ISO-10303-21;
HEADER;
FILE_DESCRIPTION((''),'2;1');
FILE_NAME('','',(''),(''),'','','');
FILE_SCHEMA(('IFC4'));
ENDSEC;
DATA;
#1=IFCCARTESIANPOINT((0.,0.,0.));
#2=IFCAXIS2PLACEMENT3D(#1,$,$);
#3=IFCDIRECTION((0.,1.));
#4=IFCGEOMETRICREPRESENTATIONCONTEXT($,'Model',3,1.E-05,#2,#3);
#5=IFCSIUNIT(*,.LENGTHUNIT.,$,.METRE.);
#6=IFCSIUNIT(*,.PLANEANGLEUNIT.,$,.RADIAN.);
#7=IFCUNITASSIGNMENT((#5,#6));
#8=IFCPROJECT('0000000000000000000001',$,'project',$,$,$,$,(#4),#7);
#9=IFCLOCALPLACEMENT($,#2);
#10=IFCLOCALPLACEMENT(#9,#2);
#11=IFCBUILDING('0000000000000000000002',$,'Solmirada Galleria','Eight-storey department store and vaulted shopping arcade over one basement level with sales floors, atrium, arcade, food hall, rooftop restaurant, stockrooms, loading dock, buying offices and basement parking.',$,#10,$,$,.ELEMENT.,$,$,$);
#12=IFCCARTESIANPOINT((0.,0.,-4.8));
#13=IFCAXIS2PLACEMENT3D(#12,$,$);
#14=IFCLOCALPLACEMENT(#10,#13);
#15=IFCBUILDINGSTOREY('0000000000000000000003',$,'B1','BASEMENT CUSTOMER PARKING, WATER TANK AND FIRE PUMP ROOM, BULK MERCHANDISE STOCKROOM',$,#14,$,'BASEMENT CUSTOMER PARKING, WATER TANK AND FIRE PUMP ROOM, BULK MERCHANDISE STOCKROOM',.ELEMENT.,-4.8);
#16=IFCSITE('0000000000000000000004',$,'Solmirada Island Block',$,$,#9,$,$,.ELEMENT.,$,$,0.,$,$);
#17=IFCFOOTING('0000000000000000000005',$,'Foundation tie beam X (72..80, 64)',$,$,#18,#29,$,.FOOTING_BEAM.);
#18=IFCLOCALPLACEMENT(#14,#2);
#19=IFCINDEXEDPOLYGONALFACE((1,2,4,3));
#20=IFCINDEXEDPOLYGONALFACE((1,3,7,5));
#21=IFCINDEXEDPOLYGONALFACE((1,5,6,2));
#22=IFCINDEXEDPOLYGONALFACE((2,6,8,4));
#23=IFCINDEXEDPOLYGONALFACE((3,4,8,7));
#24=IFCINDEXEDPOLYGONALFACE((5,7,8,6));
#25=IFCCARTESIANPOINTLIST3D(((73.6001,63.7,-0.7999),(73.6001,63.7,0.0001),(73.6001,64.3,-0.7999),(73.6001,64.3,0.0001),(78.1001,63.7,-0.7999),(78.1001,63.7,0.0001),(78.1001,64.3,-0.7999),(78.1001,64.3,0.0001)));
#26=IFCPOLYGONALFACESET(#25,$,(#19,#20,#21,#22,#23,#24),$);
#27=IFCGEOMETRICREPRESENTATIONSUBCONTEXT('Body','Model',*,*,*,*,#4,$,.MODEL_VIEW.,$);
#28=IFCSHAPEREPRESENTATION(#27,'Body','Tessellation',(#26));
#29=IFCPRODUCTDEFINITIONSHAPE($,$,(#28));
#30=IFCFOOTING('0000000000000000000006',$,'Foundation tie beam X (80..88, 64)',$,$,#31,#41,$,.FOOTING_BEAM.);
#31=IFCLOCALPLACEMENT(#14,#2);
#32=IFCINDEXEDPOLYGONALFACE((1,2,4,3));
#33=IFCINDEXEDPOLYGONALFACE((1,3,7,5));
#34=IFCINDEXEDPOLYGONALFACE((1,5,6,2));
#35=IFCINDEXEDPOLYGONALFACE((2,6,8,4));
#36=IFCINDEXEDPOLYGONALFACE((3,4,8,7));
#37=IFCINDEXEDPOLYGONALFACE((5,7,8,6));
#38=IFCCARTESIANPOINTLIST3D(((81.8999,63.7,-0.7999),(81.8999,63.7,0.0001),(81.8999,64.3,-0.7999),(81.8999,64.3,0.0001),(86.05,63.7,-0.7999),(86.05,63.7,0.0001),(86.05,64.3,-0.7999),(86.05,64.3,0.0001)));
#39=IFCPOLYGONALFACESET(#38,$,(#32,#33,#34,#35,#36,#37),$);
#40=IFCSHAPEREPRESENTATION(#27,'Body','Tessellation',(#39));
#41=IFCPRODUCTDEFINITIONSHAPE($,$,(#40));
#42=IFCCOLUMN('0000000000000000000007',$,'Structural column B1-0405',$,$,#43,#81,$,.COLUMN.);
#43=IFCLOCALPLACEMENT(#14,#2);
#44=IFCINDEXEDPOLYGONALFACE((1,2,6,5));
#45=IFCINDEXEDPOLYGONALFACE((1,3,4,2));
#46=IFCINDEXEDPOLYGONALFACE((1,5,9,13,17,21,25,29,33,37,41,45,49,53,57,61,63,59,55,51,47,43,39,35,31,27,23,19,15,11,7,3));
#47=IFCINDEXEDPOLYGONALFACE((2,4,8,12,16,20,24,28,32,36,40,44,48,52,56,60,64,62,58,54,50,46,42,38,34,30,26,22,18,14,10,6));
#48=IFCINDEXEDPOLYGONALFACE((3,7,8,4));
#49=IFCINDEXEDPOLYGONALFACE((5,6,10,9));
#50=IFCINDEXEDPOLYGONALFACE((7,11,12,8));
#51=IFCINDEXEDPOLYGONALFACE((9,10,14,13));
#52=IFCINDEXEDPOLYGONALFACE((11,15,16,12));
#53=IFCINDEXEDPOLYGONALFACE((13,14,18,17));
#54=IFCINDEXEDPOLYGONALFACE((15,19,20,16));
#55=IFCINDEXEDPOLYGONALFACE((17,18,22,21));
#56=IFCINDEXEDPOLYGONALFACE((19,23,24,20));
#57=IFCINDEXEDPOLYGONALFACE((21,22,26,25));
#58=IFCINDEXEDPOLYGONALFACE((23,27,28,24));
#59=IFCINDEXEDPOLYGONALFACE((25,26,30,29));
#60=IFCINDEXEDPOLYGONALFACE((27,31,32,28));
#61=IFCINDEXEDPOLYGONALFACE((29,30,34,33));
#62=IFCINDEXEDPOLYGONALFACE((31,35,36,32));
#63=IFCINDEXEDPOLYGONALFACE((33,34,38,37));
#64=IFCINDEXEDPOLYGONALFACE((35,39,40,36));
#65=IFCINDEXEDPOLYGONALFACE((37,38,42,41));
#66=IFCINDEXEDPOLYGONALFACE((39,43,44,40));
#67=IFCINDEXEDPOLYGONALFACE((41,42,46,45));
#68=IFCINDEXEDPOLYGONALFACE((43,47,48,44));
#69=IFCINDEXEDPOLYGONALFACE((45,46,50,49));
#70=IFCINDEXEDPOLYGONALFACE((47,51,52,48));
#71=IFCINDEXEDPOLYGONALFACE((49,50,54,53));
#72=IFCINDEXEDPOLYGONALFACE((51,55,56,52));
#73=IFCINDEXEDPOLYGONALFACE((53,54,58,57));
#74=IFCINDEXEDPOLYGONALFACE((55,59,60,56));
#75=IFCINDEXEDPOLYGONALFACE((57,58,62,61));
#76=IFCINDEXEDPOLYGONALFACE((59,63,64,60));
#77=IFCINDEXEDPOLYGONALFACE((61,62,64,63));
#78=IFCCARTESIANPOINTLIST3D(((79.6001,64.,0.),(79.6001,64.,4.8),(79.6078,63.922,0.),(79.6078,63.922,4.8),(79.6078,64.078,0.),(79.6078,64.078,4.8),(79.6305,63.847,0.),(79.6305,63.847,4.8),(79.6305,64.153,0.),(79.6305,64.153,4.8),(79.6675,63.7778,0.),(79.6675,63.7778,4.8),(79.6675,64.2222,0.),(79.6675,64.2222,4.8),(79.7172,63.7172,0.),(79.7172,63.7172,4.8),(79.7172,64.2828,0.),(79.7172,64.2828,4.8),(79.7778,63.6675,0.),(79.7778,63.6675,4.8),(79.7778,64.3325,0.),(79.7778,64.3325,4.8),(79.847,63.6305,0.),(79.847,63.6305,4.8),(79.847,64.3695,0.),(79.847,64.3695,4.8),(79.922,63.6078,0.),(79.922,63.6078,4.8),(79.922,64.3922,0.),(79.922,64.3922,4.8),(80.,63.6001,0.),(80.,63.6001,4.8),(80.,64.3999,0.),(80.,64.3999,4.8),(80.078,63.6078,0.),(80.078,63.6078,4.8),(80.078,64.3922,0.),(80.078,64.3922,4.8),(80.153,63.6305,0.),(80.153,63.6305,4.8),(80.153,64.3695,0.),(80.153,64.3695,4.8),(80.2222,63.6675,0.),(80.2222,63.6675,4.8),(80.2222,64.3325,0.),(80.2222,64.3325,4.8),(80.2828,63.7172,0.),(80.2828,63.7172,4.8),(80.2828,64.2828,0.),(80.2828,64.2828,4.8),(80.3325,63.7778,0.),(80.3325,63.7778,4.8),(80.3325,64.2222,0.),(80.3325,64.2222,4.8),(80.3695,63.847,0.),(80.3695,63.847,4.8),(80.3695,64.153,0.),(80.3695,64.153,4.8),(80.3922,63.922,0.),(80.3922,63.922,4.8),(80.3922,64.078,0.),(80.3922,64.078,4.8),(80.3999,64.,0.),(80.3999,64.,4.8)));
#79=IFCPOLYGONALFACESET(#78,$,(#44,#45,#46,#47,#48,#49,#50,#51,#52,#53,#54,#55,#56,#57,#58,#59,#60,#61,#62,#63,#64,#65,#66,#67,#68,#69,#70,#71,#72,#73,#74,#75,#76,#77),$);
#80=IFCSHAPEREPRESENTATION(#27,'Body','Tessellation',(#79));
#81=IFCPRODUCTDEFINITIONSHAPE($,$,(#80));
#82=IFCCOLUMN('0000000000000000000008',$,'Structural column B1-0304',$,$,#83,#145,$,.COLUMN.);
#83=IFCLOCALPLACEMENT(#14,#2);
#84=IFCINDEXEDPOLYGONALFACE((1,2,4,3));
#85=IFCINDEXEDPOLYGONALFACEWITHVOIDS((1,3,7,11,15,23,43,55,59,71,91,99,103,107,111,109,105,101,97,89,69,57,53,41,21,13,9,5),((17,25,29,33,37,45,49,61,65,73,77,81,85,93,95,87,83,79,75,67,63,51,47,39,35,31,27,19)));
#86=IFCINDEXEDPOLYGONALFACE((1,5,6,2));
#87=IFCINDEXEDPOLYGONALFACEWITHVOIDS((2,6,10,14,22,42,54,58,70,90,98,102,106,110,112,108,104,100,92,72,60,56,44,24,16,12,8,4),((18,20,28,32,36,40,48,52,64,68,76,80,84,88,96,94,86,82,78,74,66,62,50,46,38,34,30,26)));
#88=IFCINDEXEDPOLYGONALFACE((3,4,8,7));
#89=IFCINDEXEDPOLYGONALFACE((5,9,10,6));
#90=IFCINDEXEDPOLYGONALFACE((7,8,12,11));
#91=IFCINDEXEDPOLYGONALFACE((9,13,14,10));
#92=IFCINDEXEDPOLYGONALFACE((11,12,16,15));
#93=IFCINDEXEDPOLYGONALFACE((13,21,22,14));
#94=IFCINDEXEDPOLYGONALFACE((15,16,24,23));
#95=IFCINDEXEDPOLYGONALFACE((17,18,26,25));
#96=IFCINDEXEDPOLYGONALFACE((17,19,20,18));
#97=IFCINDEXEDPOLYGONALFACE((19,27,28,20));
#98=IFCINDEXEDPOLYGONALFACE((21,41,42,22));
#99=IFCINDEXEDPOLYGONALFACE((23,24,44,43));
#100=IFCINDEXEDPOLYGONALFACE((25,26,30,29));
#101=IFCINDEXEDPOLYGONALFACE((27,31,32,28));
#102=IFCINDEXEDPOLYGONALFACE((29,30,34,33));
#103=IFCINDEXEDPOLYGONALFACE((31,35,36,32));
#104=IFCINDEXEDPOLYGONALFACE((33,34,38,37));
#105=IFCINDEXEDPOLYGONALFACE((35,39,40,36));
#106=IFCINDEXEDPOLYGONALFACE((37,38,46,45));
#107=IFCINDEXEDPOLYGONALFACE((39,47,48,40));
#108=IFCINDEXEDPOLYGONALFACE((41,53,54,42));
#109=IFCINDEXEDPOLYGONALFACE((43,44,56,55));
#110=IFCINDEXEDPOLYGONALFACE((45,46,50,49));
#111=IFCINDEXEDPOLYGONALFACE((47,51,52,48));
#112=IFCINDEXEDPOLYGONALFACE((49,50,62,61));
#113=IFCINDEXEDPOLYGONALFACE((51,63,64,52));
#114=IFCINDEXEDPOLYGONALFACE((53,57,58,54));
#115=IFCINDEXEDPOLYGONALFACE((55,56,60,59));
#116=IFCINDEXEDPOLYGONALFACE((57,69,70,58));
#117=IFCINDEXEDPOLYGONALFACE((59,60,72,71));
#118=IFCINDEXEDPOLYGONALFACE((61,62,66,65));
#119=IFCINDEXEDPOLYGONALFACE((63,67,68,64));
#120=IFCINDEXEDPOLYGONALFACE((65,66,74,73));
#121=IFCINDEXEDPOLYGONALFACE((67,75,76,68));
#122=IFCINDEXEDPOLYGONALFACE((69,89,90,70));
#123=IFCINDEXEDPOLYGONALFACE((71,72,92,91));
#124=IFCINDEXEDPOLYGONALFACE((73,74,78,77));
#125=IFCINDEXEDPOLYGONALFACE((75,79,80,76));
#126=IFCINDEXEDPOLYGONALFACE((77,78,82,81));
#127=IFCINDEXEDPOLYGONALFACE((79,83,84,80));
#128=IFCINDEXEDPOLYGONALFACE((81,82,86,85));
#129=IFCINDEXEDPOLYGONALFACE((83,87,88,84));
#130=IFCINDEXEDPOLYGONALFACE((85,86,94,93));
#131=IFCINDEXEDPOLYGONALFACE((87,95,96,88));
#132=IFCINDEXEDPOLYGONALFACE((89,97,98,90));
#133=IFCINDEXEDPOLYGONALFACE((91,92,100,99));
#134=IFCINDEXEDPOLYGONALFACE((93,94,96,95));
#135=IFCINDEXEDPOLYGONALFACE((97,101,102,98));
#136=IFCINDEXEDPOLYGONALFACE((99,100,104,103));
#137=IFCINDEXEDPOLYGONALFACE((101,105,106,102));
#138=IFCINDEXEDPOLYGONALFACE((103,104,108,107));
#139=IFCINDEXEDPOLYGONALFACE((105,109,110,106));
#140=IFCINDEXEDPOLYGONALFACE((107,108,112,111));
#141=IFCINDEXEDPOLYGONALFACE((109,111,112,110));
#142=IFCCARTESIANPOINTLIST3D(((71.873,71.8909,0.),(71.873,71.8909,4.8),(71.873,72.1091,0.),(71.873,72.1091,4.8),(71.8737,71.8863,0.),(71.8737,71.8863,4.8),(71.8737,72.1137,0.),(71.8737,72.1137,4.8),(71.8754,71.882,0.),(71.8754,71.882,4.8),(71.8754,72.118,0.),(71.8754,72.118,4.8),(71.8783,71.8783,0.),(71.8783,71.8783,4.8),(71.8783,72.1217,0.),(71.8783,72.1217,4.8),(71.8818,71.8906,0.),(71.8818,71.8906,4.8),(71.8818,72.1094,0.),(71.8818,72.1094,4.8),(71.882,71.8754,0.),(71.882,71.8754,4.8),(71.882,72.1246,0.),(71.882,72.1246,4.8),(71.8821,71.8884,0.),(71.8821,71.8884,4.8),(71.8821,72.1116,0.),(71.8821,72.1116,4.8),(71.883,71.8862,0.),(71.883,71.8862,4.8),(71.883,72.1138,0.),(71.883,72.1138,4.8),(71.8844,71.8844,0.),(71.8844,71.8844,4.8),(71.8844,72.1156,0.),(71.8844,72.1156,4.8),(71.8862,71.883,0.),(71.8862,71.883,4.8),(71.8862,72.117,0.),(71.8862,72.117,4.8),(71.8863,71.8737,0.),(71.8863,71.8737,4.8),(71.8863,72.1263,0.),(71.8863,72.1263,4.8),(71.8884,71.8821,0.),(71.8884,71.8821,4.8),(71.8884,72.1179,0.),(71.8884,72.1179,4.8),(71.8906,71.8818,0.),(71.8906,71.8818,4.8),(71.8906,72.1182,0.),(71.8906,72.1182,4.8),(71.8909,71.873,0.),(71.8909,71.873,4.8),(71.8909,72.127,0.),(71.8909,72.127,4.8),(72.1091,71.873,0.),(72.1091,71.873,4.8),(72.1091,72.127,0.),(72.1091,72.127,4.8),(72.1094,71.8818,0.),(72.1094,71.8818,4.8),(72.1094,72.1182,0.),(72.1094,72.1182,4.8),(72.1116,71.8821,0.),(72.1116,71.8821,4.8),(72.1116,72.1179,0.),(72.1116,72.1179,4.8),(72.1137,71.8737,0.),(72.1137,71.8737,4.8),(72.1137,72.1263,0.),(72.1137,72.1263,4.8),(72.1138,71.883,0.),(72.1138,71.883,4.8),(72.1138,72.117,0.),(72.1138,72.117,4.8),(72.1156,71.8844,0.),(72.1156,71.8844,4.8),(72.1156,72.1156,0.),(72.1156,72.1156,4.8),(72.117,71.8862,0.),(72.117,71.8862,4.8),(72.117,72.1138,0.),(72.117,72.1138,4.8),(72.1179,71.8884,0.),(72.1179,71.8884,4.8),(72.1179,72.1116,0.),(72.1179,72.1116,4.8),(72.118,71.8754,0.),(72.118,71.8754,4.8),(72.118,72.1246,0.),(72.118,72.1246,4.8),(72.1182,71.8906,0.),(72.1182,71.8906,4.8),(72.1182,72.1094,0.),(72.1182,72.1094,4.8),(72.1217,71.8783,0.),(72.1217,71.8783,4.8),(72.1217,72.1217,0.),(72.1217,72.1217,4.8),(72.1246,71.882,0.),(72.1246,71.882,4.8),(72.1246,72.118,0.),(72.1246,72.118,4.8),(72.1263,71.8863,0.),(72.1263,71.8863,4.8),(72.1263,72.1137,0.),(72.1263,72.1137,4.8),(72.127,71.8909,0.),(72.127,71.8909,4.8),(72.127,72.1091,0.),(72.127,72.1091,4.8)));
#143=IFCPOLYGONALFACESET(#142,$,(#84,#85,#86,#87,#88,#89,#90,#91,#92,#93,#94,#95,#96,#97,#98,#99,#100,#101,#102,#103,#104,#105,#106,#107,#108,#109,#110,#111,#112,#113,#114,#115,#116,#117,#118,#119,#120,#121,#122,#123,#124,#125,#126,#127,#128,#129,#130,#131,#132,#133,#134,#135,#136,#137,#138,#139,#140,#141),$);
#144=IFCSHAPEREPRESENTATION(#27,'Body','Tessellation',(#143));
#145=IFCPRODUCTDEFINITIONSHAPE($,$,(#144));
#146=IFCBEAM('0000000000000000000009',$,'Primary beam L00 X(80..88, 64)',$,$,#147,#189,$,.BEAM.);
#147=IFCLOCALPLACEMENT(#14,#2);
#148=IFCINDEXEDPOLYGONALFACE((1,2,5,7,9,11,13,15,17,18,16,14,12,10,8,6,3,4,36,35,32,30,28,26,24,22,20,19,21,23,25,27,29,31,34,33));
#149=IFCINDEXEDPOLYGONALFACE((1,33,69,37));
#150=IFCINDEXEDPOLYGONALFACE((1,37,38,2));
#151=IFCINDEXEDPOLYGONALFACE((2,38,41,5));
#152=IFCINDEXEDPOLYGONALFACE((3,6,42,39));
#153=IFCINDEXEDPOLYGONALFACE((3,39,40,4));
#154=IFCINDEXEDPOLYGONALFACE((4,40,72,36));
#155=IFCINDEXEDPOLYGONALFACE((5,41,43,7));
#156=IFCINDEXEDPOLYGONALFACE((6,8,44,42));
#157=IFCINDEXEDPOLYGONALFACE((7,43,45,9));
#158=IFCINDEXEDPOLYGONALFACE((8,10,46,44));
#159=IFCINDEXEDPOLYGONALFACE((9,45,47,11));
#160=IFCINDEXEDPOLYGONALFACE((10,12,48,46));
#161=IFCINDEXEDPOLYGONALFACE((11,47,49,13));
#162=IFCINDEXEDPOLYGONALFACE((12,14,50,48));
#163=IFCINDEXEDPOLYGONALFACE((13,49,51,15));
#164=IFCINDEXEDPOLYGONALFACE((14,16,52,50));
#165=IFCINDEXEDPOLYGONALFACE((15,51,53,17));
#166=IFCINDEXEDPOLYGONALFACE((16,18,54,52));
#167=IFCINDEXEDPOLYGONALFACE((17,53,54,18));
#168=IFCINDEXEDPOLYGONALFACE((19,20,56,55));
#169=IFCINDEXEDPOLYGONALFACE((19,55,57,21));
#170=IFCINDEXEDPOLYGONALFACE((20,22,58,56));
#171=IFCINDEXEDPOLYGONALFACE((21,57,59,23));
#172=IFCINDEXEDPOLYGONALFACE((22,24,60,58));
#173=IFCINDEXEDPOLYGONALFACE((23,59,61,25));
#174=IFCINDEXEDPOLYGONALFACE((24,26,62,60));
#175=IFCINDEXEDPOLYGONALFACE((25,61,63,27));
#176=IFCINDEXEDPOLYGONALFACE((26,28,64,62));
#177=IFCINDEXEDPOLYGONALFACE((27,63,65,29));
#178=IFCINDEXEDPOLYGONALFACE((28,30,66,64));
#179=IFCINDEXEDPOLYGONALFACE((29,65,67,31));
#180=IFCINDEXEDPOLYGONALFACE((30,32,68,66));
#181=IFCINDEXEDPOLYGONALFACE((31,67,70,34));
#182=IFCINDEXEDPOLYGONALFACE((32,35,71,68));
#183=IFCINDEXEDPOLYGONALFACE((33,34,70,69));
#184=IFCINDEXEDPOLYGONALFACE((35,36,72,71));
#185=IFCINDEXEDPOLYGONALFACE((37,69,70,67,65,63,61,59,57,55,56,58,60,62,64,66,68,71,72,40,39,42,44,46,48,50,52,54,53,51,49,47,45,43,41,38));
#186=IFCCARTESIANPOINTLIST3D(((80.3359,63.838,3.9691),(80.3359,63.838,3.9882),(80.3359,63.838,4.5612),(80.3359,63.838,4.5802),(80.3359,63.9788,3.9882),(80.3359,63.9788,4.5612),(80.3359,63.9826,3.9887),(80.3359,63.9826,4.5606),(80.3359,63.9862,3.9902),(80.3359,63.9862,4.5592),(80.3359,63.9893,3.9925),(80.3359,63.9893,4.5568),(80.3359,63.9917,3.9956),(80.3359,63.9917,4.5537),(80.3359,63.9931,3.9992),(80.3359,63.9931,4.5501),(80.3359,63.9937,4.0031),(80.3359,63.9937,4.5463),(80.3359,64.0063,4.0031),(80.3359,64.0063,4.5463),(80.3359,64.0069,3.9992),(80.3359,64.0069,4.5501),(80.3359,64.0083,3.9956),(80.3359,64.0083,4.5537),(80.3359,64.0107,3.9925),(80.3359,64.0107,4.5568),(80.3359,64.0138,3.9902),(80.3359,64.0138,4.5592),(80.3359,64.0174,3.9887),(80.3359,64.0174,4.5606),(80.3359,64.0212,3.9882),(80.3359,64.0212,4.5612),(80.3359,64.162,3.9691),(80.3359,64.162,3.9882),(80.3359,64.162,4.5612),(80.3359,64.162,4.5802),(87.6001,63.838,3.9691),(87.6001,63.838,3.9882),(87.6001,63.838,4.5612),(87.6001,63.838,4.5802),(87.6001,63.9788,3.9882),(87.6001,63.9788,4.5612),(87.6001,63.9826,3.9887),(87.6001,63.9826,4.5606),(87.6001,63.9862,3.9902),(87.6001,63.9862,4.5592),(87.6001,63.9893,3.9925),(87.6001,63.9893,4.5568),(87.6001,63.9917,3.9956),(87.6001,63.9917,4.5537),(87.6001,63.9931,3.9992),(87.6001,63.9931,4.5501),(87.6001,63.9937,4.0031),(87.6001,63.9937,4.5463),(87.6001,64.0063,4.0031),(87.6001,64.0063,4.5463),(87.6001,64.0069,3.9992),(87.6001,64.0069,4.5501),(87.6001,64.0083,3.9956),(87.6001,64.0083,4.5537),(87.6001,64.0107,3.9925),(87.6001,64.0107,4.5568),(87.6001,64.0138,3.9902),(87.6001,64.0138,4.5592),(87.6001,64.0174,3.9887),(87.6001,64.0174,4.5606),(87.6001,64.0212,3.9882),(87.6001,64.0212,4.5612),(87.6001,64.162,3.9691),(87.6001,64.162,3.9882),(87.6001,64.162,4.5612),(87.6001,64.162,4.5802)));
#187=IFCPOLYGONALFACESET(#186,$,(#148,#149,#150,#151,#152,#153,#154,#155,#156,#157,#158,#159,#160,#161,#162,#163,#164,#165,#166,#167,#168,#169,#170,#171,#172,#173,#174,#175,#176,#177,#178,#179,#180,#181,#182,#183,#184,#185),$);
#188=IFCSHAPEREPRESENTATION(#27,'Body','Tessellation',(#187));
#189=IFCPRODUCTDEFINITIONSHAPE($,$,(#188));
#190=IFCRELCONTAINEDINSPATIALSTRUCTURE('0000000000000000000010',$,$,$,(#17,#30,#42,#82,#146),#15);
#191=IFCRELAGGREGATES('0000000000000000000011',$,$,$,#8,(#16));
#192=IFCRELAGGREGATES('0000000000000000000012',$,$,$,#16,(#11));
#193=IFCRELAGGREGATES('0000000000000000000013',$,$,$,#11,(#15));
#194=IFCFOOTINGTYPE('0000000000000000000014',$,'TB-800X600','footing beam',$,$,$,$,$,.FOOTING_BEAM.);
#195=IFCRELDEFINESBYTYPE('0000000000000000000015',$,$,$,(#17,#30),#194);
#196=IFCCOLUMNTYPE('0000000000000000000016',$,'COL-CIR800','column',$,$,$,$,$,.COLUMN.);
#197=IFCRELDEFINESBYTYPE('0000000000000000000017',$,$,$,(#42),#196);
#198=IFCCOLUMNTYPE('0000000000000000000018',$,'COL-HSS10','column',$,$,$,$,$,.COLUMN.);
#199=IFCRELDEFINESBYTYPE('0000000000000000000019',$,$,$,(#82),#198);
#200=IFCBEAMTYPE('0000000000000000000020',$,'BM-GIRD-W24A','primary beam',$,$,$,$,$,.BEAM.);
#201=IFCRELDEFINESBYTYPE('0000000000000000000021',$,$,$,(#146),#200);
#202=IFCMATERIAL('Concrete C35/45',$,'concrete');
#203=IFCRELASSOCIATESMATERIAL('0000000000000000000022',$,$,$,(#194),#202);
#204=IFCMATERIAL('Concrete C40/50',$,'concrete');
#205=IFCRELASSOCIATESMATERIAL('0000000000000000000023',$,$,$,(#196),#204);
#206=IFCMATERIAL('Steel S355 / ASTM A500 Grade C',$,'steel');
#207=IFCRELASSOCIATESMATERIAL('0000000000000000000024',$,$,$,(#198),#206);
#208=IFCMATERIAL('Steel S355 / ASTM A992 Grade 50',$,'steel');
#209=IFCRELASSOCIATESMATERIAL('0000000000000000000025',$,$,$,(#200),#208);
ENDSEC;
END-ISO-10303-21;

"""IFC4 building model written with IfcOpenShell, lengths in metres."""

from ifc_helpers import new_model, si_unit, direction, frame, origin, origin_2d, place, context, subcontext, project, spatial, rectangle, hollow_rectangle, circle, i_section, extrude, material, material_profile, profile_set, type_object, element, save


model = new_model("IFC4")

# Units and contexts
model_context = context("Model", 3, precision=1e-05, world=origin(), true_north=direction((0.0, 1.0)))
body_context = subcontext(model_context, "Body", "Model", "MODEL_VIEW")
ifc_project = project(units=[si_unit("LENGTHUNIT", "METRE"), si_unit("PLANEANGLEUNIT", "RADIAN")], contexts=[model_context])

# Site, building, storey
site_placement = place(None, origin())
site = spatial("IfcSite", under=ifc_project, at=site_placement, Name="Solmirada Island Block", CompositionType="ELEMENT", RefElevation=0.0)
building_placement = place(site_placement, origin())
building = spatial("IfcBuilding", under=site, at=building_placement, Name="Solmirada Galleria", Description="Eight-storey department store and vaulted shopping arcade over one basement level with sales floors, atrium, arcade, food hall, rooftop restaurant, stockrooms, loading dock, buying offices and basement parking.", CompositionType="ELEMENT")
storey_placement = place(building_placement, frame((0.0, 0.0, -4.8)))
storey = spatial("IfcBuildingStorey", under=building, at=storey_placement, Name="B1", Description="BASEMENT CUSTOMER PARKING, WATER TANK AND FIRE PUMP ROOM, BULK MERCHANDISE STOCKROOM", LongName="BASEMENT CUSTOMER PARKING, WATER TANK AND FIRE PUMP ROOM, BULK MERCHANDISE STOCKROOM", CompositionType="ELEMENT", Elevation=-4.8)

# Shared definitions
ifc_material_1 = material(Name="Concrete C35/45", Category="concrete")

# Shared definitions
ifc_material_2 = material(Name="Concrete C40/50", Category="concrete")

# Footings
ifc_material_profile_1 = material_profile(ifc_material_1, rectangle(XDim=0.6001, YDim=0.8, at=origin_2d()), Name="RC800X600")
ifc_profile_set_1 = profile_set([ifc_material_profile_1], Name="Concrete C35/45")
footing_type_1 = type_object("IfcFootingType", Name="TB-800X600", Description="footing beam", PredefinedType="FOOTING_BEAM", material=ifc_profile_set_1)
footing_1_placement = place(storey_placement, frame((73.6001, 64.0, -0.3999), z_axis=(1.0, 0.0, 0.0), x_axis=(0.0, 1.0, 0.0)))
element("IfcFooting", 1, at=footing_1_placement, inside=storey, type_object=footing_type_1, Name="Foundation tie beam X (72..80, 64)", PredefinedType="FOOTING_BEAM", context=body_context, shape_type="SweptSolid", body=[
    extrude(rectangle(XDim=0.6001, YDim=0.8, at=origin_2d()), origin(), (0.0, 0.0, 1.0), 4.5),
])
footing_2_placement = place(storey_placement, frame((81.8999, 64.0, -0.3999), z_axis=(1.0, 0.0, 0.0), x_axis=(0.0, 1.0, 0.0)))
element("IfcFooting", 2, at=footing_2_placement, inside=storey, type_object=footing_type_1, Name="Foundation tie beam X (80..88, 64)", PredefinedType="FOOTING_BEAM", context=body_context, shape_type="SweptSolid", body=[
    extrude(rectangle(XDim=0.6001, YDim=0.8, at=origin_2d()), origin(), (0.0, 0.0, 1.0), 4.1501),
])

# Columns
ifc_material_profile_2 = material_profile(ifc_material_2, circle(Radius=0.3999, at=origin_2d()), Name="RCCOL800")
ifc_profile_set_2 = profile_set([ifc_material_profile_2], Name="Concrete C40/50")
column_type_1 = type_object("IfcColumnType", Name="COL-CIR800", Description="column", PredefinedType="COLUMN", material=ifc_profile_set_2)
column_1_placement = place(storey_placement, frame((80.0, 64.0, 0.0), z_axis=(0.0, 0.0, 1.0), x_axis=(1.0, 0.0, 0.0)))
element("IfcColumn", 3, at=column_1_placement, inside=storey, type_object=column_type_1, Name="Structural column B1-0405", PredefinedType="COLUMN", context=body_context, shape_type="SweptSolid", body=[
    extrude(circle(Radius=0.3999, at=origin_2d()), origin(), (0.0, 0.0, 1.0), 4.8),
])
ifc_material_3 = material(Name="Steel S355 / ASTM A500 Grade C", Category="steel")
ifc_material_profile_3 = material_profile(ifc_material_3, hollow_rectangle(XDim=0.2539, YDim=0.2539, WallThickness=0.0088, InnerFilletRadius=0.0088, OuterFilletRadius=0.0178, at=origin_2d()), Name="HSS10X10X3/8")
ifc_profile_set_3 = profile_set([ifc_material_profile_3], Name="Steel S355 / ASTM A500 Grade C")
column_type_2 = type_object("IfcColumnType", Name="COL-HSS10", Description="column", PredefinedType="COLUMN", material=ifc_profile_set_3)
column_2_placement = place(storey_placement, frame((72.0, 72.0, 0.0), z_axis=(0.0, 0.0, 1.0), x_axis=(1.0, 0.0, 0.0)))
element("IfcColumn", 4, at=column_2_placement, inside=storey, type_object=column_type_2, Name="Structural column B1-0304", PredefinedType="COLUMN", context=body_context, shape_type="SweptSolid", body=[
    extrude(hollow_rectangle(XDim=0.2539, YDim=0.2539, WallThickness=0.0088, InnerFilletRadius=0.0088, OuterFilletRadius=0.0178, at=origin_2d()), origin(), (0.0, 0.0, 1.0), 4.8),
])

# Beam
ifc_material_4 = material(Name="Steel S355 / ASTM A992 Grade 50", Category="steel")
ifc_material_profile_4 = material_profile(ifc_material_4, i_section(OverallWidth=0.324, OverallDepth=0.6111, WebThickness=0.0127, FlangeThickness=0.019, FilletRadius=0.0149, at=origin_2d()), Name="W24X104")
ifc_profile_set_4 = profile_set([ifc_material_profile_4], Name="Steel S355 / ASTM A992 Grade 50")
beam_type_1 = type_object("IfcBeamType", Name="BM-GIRD-W24A", Description="primary beam", PredefinedType="BEAM", material=ifc_profile_set_4)
beam_1_placement = place(storey_placement, frame((80.3359, 64.0, 4.2747), z_axis=(1.0, 0.0, 0.0), x_axis=(0.0, 1.0, 0.0)))
element("IfcBeam", 5, at=beam_1_placement, inside=storey, type_object=beam_type_1, Name="Primary beam L00 X(80..88, 64)", PredefinedType="BEAM", context=body_context, shape_type="SweptSolid", body=[
    extrude(i_section(OverallWidth=0.324, OverallDepth=0.6111, WebThickness=0.0127, FlangeThickness=0.019, FilletRadius=0.0149, at=origin_2d()), origin(), (0.0, 0.0, 1.0), 7.2642),
])

save(model, "model.ifc")
